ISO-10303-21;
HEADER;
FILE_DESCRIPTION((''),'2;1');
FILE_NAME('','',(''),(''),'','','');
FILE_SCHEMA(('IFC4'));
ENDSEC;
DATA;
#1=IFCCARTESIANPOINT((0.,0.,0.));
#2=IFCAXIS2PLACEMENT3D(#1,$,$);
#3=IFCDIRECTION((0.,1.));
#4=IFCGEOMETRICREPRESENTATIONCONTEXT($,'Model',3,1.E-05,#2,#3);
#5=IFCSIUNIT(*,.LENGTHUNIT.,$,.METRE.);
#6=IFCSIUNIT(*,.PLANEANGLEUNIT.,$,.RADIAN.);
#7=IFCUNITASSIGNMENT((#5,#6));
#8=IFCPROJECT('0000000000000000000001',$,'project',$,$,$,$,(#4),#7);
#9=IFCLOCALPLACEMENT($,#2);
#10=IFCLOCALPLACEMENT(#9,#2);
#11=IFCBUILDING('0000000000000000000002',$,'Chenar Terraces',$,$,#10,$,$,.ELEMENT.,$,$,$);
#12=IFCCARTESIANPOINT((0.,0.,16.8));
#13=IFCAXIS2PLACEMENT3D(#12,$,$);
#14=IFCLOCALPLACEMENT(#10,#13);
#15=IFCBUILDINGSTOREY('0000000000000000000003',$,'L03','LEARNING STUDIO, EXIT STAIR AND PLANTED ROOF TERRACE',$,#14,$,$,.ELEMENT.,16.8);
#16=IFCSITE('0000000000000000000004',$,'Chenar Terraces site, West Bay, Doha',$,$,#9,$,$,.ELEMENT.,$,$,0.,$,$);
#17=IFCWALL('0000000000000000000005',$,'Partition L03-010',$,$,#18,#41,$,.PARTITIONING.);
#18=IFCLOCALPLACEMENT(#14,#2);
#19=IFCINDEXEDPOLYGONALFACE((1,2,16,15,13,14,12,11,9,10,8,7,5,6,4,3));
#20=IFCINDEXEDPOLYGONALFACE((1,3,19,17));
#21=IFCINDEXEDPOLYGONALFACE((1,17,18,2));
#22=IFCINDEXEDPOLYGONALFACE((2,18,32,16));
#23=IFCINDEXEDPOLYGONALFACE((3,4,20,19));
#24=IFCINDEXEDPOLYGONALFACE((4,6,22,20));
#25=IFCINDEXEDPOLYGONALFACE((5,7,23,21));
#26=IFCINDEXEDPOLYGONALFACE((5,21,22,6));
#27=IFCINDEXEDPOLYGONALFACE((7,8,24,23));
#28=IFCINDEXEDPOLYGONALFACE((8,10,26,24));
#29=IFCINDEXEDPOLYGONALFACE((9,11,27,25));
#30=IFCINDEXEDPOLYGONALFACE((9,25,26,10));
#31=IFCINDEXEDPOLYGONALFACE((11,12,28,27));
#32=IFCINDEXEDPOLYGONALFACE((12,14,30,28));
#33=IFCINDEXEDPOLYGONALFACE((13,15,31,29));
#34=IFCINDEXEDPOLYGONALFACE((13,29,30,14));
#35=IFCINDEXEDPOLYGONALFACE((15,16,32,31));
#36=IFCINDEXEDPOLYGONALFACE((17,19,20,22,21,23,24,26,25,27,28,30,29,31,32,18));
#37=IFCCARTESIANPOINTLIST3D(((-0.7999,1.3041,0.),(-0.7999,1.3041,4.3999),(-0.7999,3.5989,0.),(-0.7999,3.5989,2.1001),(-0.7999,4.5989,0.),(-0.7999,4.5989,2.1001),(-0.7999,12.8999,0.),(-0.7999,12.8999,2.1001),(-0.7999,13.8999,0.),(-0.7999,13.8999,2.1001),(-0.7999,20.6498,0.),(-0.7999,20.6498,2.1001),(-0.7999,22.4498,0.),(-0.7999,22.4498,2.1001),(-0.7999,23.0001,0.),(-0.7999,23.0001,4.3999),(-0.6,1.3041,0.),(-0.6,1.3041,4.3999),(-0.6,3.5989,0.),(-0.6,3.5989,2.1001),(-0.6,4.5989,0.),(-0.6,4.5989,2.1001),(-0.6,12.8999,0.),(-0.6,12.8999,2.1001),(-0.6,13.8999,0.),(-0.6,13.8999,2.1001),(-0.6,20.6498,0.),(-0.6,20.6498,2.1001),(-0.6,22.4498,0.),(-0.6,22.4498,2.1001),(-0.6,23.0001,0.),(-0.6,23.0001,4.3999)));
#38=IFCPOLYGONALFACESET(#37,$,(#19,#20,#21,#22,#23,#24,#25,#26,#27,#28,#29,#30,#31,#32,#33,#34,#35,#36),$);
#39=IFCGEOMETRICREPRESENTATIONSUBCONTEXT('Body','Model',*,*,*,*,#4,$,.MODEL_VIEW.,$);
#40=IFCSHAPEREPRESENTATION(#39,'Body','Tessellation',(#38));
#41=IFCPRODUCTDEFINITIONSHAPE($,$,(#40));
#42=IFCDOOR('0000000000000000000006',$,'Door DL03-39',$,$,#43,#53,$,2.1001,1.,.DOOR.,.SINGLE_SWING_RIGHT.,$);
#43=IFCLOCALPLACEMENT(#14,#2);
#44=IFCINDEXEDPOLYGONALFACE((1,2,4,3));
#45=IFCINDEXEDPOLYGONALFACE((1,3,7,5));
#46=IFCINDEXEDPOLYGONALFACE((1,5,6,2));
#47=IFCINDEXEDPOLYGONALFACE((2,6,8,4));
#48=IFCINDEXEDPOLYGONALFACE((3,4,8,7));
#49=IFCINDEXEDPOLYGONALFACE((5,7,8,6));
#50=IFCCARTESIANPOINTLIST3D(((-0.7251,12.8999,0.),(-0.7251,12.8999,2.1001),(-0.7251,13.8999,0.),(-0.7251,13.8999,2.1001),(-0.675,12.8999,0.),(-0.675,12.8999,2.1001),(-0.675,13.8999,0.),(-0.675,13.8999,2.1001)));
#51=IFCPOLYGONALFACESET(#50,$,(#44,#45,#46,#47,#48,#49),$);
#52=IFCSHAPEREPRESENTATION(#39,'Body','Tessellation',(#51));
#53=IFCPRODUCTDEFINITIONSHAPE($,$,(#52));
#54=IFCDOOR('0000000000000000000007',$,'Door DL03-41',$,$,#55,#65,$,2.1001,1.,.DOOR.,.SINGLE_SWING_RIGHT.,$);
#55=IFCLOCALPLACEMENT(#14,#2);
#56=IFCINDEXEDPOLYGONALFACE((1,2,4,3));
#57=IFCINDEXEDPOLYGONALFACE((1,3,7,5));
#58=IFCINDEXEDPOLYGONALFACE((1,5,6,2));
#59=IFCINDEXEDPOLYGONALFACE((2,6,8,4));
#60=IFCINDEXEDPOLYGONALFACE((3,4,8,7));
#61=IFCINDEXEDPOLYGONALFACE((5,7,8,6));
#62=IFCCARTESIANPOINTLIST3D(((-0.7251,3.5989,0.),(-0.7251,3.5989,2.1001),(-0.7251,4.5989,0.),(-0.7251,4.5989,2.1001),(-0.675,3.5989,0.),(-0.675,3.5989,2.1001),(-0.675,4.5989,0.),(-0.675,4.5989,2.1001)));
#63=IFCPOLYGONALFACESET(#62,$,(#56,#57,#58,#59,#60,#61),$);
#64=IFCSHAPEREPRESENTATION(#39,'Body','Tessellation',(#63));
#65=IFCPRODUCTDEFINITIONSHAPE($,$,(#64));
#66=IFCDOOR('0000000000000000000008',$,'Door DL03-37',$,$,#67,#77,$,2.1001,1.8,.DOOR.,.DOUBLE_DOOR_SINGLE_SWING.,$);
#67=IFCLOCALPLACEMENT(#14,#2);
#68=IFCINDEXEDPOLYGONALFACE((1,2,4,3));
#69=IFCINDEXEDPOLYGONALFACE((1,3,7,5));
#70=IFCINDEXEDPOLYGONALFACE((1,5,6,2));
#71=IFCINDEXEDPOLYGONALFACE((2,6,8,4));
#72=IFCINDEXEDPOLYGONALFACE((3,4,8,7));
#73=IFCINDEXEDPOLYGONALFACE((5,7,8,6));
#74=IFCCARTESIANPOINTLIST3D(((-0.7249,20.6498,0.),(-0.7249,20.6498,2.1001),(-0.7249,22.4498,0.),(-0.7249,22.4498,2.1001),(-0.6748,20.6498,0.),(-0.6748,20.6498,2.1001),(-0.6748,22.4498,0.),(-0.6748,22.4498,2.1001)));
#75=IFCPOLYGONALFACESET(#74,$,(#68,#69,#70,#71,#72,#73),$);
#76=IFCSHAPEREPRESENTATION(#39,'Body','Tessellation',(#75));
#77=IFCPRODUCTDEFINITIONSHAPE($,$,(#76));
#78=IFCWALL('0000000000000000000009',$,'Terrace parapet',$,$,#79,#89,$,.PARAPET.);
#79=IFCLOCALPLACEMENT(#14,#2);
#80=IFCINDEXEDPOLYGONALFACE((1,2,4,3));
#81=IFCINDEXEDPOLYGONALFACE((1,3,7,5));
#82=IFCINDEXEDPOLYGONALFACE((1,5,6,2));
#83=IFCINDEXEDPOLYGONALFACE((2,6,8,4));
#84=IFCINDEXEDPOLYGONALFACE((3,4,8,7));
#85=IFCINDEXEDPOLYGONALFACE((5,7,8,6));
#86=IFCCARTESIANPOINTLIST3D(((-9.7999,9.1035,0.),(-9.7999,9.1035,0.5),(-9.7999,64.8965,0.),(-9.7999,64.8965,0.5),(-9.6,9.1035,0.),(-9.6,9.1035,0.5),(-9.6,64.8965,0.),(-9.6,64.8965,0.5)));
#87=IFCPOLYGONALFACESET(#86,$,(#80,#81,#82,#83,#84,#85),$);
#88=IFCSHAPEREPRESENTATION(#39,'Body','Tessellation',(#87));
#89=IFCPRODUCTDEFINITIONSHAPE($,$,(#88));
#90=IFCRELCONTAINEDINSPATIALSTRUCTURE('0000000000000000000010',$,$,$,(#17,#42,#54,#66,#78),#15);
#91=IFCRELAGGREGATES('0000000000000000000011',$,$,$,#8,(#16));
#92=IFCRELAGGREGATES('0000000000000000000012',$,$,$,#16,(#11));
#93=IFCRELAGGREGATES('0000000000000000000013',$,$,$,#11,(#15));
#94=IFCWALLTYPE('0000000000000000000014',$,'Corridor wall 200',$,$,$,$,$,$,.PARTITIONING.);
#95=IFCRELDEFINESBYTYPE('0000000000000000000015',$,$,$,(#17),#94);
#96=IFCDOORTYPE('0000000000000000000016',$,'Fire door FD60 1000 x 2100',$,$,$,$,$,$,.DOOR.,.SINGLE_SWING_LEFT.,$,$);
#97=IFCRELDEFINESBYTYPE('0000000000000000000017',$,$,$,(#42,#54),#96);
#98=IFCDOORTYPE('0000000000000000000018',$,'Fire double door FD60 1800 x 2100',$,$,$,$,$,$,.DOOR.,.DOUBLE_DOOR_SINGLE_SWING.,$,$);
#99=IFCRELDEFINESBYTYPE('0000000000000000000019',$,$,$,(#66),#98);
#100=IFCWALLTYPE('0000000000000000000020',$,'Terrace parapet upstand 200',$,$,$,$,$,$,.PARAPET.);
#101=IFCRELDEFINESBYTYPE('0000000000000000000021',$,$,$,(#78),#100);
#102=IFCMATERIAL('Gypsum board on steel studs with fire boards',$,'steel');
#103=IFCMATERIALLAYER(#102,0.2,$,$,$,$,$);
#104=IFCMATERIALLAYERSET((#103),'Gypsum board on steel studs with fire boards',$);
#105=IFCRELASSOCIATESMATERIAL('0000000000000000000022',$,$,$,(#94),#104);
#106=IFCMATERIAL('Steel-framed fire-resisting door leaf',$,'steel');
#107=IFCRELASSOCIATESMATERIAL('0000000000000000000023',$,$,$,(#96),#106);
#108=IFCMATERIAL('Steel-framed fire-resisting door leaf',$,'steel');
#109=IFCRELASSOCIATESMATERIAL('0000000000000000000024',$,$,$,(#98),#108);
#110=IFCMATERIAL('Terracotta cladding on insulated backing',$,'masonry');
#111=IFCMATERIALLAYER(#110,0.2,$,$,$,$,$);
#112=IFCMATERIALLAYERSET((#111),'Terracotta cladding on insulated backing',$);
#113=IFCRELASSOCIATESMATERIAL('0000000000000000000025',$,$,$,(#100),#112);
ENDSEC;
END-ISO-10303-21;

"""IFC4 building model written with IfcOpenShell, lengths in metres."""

from ifc_helpers import new_model, si_unit, direction, frame, frame_2d, origin, place, context, subcontext, project, spatial, rectangle, extrude, material, layer, layer_set, type_object, element, fill, save


model = new_model("IFC4")

# Units and contexts
model_context = context("Model", 3, precision=1e-05, world=origin(), true_north=direction((0.0, 1.0)))
body_context = subcontext(model_context, "Body", "Model", "MODEL_VIEW")
ifc_project = project(units=[si_unit("LENGTHUNIT", "METRE"), si_unit("PLANEANGLEUNIT", "RADIAN")], contexts=[model_context])

# Site, building, storey
site_placement = place(None, origin())
site = spatial("IfcSite", under=ifc_project, at=site_placement, Name="Chenar Terraces site, West Bay, Doha", CompositionType="ELEMENT", RefElevation=0.0)
building_placement = place(site_placement, origin())
building = spatial("IfcBuilding", under=site, at=building_placement, Name="Chenar Terraces", CompositionType="ELEMENT")
storey_placement = place(building_placement, frame((0.0, 0.0, 16.8)))
storey = spatial("IfcBuildingStorey", under=building, at=storey_placement, Name="L03", Description="LEARNING STUDIO, EXIT STAIR AND PLANTED ROOF TERRACE", CompositionType="ELEMENT", Elevation=16.8)

# Wall, openings, doors
ifc_material_1 = material(Name="Gypsum board on steel studs with fire boards", Category="steel")
ifc_layer_1 = layer(ifc_material_1, 0.2)
ifc_layer_set_1 = layer_set([ifc_layer_1], Name="Gypsum board on steel studs with fire boards")
wall_type_1 = type_object("IfcWallType", Name="Corridor wall 200", PredefinedType="PARTITIONING", material=ifc_layer_set_1)
ifc_material_2 = material(Name="Steel-framed fire-resisting door leaf", Category="steel")
door_type_1 = type_object("IfcDoorType", Name="Fire door FD60 1000 x 2100", OperationType="SINGLE_SWING_LEFT", PredefinedType="DOOR", material=ifc_material_2)
wall_1_placement = place(storey_placement, frame((-0.7, 1.304, 0.0), z_axis=(0.0, 0.0, 1.0), x_axis=(0.0, 1.0, 0.0)))
wall_1 = element("IfcWall", 1, at=wall_1_placement, inside=storey, type_object=wall_type_1, Name="Partition L03-010", PredefinedType="PARTITIONING", context=body_context, shape_type="SweptSolid", body=[
    extrude(rectangle(XDim=21.696, YDim=0.2, at=frame_2d((10.8481, 0.0))), origin(), (0.0, 0.0, 1.0), 4.3999),
])
opening_1_placement = place(wall_1_placement, frame((19.3459, 0.0, 0.0)))
opening_1 = element("IfcOpeningElement", 2, at=opening_1_placement, cuts=wall_1, PredefinedType="OPENING", context=body_context, shape_type="SweptSolid", body=[
    extrude(rectangle(XDim=1.8, YDim=2.1001, at=frame_2d((0.8999, 1.05))), frame((0.0, 0.1099, 0.0), z_axis=(0.0, -1.0, 0.0), x_axis=(1.0, 0.0, 0.0)), (0.0, 0.0, 1.0), 0.22),
])
opening_2_placement = place(wall_1_placement, frame((11.5959, 0.0, 0.0)))
opening_2 = element("IfcOpeningElement", 3, at=opening_2_placement, cuts=wall_1, PredefinedType="OPENING", context=body_context, shape_type="SweptSolid", body=[
    extrude(rectangle(XDim=1.0, YDim=2.1001, at=frame_2d((0.5, 1.05))), frame((0.0, 0.1099, 0.0), z_axis=(0.0, -1.0, 0.0), x_axis=(1.0, 0.0, 0.0)), (0.0, 0.0, 1.0), 0.22),
])
opening_3_placement = place(wall_1_placement, frame((2.2949, 0.0, 0.0)))
opening_3 = element("IfcOpeningElement", 4, at=opening_3_placement, cuts=wall_1, PredefinedType="OPENING", context=body_context, shape_type="SweptSolid", body=[
    extrude(rectangle(XDim=1.0, YDim=2.1001, at=frame_2d((0.5, 1.05))), frame((0.0, 0.1099, 0.0), z_axis=(0.0, -1.0, 0.0), x_axis=(1.0, 0.0, 0.0)), (0.0, 0.0, 1.0), 0.22),
])
door_1_placement = place(opening_2_placement, frame((1.0, 0.0, 0.0), z_axis=(0.0, 0.0, 1.0), x_axis=(-1.0, 0.0, 0.0)))
door_1 = element("IfcDoor", 5, at=door_1_placement, inside=storey, type_object=door_type_1, Name="Door DL03-39", OperationType="SINGLE_SWING_RIGHT", OverallHeight=2.1001, OverallWidth=1.0, PredefinedType="DOOR", context=body_context, shape_type="SweptSolid", body=[
    extrude(rectangle(XDim=1.0, YDim=2.1001, at=frame_2d((0.5, 1.05))), frame((0.0, 0.0249, 0.0), z_axis=(0.0, -1.0, 0.0), x_axis=(1.0, 0.0, 0.0)), (0.0, 0.0, 1.0), 0.05),
])
fill(opening_2, door_1)
door_2_placement = place(opening_3_placement, frame((1.0, 0.0, 0.0), z_axis=(0.0, 0.0, 1.0), x_axis=(-1.0, 0.0, 0.0)))
door_2 = element("IfcDoor", 6, at=door_2_placement, inside=storey, type_object=door_type_1, Name="Door DL03-41", OperationType="SINGLE_SWING_RIGHT", OverallHeight=2.1001, OverallWidth=1.0, PredefinedType="DOOR", context=body_context, shape_type="SweptSolid", body=[
    extrude(rectangle(XDim=1.0, YDim=2.1001, at=frame_2d((0.5, 1.05))), frame((0.0, 0.0249, 0.0), z_axis=(0.0, -1.0, 0.0), x_axis=(1.0, 0.0, 0.0)), (0.0, 0.0, 1.0), 0.05),
])
fill(opening_3, door_2)
ifc_material_3 = material(Name="Steel-framed fire-resisting door leaf", Category="steel")
door_type_2 = type_object("IfcDoorType", Name="Fire double door FD60 1800 x 2100", OperationType="DOUBLE_DOOR_SINGLE_SWING", PredefinedType="DOOR", material=ifc_material_3)
door_3_placement = place(opening_1_placement, origin())
door_3 = element("IfcDoor", 7, at=door_3_placement, inside=storey, type_object=door_type_2, Name="Door DL03-37", OperationType="DOUBLE_DOOR_SINGLE_SWING", OverallHeight=2.1001, OverallWidth=1.8, PredefinedType="DOOR", context=body_context, shape_type="SweptSolid", body=[
    extrude(rectangle(XDim=1.8, YDim=2.1001, at=frame_2d((0.8999, 1.05))), frame((0.0, 0.0249, 0.0), z_axis=(0.0, -1.0, 0.0), x_axis=(1.0, 0.0, 0.0)), (0.0, 0.0, 1.0), 0.05),
])
fill(opening_1, door_3)

# Wall
ifc_material_4 = material(Name="Terracotta cladding on insulated backing", Category="masonry")
ifc_layer_2 = layer(ifc_material_4, 0.2)
ifc_layer_set_2 = layer_set([ifc_layer_2], Name="Terracotta cladding on insulated backing")
wall_type_2 = type_object("IfcWallType", Name="Terrace parapet upstand 200", PredefinedType="PARAPET", material=ifc_layer_set_2)
wall_2_placement = place(storey_placement, frame((-9.7, 9.1035, 0.0), z_axis=(0.0, 0.0, 1.0), x_axis=(0.0, 1.0, 0.0)))
element("IfcWall", 8, at=wall_2_placement, inside=storey, type_object=wall_type_2, Name="Terrace parapet", PredefinedType="PARAPET", context=body_context, shape_type="SweptSolid", body=[
    extrude(rectangle(XDim=55.793, YDim=0.2, at=frame_2d((27.8965, 0.0))), origin(), (0.0, 0.0, 1.0), 0.5),
])

save(model, "model.ifc")
